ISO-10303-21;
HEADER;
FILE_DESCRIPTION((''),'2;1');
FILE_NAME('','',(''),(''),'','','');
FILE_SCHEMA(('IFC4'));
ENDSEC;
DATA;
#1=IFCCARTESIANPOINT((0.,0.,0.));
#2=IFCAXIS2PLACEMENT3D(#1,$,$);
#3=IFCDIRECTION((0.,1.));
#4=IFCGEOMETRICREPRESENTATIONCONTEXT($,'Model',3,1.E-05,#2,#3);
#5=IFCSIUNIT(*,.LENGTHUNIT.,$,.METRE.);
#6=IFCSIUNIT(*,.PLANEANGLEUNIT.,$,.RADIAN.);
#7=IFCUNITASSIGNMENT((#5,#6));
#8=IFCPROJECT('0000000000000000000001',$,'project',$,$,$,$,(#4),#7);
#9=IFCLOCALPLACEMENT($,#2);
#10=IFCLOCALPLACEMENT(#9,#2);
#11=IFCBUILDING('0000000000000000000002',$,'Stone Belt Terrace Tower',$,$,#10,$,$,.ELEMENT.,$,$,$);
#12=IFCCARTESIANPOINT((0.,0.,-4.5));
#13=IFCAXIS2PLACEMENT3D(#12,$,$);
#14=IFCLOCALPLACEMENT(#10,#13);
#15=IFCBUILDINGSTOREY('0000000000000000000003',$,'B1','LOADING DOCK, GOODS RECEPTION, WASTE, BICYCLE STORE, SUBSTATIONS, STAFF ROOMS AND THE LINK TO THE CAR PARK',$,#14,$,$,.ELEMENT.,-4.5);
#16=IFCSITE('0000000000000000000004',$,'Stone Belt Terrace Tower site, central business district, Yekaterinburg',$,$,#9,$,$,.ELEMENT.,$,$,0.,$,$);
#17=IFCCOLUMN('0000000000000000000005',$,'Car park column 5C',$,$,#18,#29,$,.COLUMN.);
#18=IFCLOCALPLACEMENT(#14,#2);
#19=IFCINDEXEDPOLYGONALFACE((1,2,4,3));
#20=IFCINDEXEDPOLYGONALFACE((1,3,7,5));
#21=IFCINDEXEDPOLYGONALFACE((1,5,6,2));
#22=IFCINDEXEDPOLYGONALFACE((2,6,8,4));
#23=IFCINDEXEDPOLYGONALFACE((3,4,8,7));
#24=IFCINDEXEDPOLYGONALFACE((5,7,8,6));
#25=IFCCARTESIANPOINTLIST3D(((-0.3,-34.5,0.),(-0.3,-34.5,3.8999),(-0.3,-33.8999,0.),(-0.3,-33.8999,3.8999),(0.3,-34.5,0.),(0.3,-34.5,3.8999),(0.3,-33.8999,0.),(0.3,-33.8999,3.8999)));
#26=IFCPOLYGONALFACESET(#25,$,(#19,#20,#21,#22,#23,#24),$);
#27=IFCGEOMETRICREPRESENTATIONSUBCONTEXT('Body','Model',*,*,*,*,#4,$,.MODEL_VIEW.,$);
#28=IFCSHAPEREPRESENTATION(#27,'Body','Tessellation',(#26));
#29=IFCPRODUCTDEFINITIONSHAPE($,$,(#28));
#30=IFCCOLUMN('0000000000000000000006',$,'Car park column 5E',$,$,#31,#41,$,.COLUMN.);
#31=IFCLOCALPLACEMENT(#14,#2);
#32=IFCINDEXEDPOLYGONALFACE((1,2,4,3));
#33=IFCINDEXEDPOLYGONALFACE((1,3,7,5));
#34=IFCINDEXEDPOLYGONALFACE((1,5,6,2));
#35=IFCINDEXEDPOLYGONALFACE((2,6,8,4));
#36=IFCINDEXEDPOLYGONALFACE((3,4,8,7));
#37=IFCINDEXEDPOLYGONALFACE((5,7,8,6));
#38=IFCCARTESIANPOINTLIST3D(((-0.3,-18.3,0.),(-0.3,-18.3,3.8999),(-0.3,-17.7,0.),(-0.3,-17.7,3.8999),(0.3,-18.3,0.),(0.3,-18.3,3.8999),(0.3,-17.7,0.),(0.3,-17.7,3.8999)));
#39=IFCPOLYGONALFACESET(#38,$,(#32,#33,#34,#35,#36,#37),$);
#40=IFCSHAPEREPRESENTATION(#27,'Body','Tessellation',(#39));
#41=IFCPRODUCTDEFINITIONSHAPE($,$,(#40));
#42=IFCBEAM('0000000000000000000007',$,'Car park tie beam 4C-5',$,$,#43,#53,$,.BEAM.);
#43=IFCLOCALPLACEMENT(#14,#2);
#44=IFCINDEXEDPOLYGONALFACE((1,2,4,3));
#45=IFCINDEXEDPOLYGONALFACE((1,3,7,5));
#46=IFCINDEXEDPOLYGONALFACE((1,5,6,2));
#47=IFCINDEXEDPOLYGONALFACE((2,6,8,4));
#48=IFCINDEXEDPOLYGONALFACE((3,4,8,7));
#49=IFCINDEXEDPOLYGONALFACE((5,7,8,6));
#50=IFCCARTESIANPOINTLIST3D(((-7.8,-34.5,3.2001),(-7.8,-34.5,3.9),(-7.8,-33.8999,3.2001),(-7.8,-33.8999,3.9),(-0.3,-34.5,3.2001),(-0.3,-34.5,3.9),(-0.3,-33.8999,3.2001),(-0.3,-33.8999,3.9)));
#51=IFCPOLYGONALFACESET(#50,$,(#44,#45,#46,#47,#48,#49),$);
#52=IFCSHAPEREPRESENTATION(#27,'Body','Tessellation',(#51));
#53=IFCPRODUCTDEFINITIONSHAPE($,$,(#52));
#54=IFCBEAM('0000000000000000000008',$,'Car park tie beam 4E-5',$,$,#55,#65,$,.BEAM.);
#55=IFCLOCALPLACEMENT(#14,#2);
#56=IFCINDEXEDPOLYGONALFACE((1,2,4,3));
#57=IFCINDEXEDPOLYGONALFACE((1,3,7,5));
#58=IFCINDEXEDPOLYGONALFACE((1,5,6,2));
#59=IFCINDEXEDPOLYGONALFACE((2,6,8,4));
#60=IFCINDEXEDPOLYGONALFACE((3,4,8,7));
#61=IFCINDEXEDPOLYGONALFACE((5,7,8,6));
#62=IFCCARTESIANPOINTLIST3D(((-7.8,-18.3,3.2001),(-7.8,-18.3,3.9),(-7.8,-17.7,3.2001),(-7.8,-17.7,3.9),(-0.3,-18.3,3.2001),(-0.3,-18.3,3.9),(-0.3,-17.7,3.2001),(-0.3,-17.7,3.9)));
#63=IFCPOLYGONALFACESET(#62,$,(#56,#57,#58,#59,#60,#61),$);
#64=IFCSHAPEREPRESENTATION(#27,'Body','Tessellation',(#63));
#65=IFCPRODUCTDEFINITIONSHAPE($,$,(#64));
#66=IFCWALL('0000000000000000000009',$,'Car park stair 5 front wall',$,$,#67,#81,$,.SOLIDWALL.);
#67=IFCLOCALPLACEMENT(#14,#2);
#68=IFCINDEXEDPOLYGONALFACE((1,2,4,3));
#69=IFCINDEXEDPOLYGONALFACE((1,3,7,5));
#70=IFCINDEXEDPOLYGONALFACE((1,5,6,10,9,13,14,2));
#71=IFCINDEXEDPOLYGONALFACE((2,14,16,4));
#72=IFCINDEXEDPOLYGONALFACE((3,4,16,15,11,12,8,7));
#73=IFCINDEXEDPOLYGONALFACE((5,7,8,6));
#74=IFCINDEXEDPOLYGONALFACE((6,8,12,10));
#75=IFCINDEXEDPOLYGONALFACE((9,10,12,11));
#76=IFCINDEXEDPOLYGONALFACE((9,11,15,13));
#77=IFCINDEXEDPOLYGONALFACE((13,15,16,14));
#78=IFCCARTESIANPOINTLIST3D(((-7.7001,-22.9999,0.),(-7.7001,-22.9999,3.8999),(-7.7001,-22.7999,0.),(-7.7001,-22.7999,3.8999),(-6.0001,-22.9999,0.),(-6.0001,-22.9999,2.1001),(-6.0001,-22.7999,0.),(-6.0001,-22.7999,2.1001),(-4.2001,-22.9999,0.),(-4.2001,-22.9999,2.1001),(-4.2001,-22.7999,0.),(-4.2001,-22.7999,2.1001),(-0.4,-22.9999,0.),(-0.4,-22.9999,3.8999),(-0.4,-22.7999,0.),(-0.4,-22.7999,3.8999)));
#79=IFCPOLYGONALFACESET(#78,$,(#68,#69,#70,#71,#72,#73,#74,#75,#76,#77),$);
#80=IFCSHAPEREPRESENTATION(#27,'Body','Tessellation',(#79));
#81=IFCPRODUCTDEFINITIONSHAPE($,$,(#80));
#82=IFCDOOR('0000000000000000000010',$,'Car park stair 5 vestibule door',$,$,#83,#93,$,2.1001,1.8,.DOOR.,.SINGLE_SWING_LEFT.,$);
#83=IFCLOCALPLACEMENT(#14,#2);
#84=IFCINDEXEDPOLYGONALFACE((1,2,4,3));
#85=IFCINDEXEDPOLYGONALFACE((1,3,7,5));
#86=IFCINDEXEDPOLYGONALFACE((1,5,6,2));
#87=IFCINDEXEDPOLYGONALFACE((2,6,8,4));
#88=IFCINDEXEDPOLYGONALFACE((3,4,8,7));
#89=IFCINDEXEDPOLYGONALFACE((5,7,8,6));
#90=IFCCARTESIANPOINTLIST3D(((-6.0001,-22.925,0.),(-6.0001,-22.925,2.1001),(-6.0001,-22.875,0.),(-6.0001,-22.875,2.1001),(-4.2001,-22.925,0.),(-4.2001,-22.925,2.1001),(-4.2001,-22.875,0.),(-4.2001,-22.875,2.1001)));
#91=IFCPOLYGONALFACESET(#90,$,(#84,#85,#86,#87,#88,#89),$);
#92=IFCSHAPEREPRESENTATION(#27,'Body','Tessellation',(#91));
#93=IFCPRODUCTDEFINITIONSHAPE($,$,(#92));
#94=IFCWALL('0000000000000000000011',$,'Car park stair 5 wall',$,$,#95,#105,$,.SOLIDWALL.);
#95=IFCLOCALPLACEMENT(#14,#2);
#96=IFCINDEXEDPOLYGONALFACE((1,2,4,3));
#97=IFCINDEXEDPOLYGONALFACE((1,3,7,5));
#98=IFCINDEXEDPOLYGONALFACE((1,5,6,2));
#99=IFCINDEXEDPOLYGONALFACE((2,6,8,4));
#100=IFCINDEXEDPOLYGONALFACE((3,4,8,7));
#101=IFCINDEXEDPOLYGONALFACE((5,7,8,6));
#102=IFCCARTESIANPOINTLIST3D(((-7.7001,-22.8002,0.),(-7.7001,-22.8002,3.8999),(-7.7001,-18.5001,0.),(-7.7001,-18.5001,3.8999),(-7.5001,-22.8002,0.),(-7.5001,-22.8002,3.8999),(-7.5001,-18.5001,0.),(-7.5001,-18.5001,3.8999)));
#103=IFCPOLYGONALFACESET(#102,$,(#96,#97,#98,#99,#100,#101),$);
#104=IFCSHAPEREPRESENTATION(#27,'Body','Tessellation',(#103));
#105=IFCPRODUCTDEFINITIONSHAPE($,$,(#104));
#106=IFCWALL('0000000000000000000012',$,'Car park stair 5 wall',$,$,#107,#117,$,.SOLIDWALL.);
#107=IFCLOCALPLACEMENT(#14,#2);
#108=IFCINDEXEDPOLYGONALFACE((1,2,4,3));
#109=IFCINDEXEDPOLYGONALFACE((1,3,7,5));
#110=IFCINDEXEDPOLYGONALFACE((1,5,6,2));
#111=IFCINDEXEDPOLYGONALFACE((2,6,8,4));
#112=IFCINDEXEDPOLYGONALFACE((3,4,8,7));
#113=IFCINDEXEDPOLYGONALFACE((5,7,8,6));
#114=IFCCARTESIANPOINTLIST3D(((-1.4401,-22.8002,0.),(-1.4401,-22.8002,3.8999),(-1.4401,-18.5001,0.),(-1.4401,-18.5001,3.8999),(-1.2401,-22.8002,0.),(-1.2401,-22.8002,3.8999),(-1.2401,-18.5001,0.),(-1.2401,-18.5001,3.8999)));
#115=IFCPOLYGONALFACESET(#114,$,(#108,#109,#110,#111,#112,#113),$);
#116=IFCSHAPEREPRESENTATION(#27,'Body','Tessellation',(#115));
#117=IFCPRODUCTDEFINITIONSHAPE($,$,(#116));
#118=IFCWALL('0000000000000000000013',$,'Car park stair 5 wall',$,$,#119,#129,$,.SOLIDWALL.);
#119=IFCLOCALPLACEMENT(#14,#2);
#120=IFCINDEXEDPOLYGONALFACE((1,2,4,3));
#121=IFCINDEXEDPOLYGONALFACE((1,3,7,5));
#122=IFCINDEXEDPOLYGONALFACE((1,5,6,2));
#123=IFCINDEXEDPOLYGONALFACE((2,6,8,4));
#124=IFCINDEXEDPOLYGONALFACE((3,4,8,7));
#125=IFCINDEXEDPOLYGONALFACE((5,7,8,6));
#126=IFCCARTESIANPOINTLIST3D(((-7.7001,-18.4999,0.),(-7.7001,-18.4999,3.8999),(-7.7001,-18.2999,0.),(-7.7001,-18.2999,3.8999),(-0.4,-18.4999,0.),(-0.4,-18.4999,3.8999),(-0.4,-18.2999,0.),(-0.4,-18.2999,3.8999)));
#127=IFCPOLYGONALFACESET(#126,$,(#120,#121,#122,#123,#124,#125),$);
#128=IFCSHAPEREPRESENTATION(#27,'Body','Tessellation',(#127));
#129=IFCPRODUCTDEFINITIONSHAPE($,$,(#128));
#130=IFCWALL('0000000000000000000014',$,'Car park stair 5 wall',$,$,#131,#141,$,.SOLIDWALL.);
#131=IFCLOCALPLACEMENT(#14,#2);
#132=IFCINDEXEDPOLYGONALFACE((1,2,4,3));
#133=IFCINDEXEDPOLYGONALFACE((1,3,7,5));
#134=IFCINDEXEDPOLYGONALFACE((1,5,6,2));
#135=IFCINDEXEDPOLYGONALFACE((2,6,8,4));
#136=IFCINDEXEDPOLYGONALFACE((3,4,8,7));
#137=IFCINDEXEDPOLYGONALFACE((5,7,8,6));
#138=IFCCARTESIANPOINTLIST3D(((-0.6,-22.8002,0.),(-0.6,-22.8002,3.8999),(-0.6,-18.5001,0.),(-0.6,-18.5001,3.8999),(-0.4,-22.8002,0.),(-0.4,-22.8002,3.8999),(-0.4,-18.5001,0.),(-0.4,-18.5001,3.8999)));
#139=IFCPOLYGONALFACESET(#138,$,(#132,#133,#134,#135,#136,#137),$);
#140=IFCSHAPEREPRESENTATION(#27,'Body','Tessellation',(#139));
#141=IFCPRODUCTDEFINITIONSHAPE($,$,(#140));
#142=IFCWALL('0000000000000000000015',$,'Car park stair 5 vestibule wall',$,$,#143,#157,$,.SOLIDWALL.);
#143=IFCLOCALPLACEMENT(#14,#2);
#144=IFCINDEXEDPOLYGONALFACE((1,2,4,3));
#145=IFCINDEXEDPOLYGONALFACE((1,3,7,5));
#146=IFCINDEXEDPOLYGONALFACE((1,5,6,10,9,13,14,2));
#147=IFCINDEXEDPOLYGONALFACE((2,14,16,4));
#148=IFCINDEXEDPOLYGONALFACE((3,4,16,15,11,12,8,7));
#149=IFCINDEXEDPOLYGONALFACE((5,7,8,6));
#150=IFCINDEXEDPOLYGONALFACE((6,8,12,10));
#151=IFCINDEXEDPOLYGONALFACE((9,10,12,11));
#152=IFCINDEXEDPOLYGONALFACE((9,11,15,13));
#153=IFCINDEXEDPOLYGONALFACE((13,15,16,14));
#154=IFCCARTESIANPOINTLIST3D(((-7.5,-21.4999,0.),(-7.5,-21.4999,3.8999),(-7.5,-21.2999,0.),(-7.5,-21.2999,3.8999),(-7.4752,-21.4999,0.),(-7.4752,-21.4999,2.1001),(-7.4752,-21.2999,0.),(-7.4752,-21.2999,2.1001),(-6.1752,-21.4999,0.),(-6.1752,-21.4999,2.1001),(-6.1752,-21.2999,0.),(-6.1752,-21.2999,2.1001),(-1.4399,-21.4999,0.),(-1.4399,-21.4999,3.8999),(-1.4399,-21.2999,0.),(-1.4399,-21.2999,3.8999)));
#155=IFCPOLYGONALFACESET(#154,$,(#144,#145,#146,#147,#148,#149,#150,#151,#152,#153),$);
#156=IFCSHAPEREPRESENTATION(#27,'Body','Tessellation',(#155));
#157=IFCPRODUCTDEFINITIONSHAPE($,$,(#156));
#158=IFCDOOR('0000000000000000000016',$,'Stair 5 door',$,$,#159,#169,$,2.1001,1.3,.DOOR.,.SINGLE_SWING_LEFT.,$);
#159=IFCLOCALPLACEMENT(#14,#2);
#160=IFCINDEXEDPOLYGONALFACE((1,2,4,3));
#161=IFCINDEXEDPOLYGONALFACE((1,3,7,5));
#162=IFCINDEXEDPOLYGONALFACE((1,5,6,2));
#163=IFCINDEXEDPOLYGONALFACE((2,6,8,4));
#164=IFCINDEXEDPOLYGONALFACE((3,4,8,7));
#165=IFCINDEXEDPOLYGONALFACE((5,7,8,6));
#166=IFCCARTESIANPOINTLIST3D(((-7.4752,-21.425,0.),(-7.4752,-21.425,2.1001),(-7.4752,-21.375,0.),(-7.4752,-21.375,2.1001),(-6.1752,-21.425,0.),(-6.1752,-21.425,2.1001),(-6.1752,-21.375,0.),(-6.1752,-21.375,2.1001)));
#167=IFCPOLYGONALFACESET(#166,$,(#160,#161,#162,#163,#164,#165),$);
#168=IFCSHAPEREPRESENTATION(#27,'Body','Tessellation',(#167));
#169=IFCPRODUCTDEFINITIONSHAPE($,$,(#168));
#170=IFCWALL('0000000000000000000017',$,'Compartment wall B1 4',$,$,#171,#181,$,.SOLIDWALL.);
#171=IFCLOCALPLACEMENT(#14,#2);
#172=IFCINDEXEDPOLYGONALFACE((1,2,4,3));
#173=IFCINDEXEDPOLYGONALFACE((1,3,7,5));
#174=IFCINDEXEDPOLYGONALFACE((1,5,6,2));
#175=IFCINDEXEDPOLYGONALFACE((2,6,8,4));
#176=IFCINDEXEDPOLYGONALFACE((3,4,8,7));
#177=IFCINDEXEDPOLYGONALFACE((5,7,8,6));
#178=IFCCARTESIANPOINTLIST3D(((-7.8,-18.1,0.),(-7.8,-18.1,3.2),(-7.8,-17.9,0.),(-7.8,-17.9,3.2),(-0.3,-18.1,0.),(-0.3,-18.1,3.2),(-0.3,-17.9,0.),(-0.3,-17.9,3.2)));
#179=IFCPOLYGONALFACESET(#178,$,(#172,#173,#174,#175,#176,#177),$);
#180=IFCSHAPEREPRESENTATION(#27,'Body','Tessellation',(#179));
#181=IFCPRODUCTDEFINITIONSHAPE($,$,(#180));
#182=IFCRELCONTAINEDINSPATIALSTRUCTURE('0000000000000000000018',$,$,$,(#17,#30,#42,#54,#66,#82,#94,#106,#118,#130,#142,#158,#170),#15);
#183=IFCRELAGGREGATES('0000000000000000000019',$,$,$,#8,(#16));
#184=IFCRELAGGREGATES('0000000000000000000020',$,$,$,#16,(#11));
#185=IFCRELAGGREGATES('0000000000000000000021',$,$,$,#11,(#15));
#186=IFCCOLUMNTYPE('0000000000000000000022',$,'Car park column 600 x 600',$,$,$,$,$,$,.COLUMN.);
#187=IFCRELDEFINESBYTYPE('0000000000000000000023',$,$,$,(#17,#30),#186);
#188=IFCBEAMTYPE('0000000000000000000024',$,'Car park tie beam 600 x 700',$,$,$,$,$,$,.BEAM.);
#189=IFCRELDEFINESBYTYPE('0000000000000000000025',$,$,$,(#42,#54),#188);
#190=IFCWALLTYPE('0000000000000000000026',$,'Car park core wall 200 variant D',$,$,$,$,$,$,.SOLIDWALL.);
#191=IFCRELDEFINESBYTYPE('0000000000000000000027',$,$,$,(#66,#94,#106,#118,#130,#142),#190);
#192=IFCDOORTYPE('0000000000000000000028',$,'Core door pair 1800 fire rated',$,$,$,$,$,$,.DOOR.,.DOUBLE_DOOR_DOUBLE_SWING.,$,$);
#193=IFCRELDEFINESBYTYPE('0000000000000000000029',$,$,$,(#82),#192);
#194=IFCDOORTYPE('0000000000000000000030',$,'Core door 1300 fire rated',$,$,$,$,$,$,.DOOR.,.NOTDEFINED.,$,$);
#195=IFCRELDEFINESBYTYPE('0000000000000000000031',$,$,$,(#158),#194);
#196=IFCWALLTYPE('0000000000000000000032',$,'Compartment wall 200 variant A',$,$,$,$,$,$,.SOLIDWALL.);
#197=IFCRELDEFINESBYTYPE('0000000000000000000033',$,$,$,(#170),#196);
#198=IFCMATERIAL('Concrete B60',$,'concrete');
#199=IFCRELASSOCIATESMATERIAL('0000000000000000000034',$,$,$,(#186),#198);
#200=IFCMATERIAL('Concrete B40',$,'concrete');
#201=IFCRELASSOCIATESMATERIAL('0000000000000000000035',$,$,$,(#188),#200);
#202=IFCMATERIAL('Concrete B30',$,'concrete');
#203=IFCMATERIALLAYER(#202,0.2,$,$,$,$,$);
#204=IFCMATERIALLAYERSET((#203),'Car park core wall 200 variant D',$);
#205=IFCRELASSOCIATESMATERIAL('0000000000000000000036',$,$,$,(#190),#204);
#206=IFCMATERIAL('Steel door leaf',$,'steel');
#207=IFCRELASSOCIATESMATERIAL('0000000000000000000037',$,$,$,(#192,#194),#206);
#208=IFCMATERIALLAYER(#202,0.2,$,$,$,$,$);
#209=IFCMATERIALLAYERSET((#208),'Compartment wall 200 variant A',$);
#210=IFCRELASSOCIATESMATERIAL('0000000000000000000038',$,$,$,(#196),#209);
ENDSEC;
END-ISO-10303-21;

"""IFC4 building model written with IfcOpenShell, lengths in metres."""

from ifc_helpers import new_model, si_unit, direction, frame, frame_2d, origin, origin_2d, place, context, subcontext, project, spatial, rectangle, extrude, material, layer, layer_set, material_profile, profile_set, type_object, element, fill, save


model = new_model("IFC4")

# Units and contexts
model_context = context("Model", 3, precision=1e-05, world=origin(), true_north=direction((0.0, 1.0)))
body_context = subcontext(model_context, "Body", "Model", "MODEL_VIEW")
ifc_project = project(units=[si_unit("LENGTHUNIT", "METRE"), si_unit("PLANEANGLEUNIT", "RADIAN")], contexts=[model_context])

# Site, building, storey
site_placement = place(None, origin())
site = spatial("IfcSite", under=ifc_project, at=site_placement, Name="Stone Belt Terrace Tower site, central business district, Yekaterinburg", CompositionType="ELEMENT", RefElevation=0.0)
building_placement = place(site_placement, origin())
building = spatial("IfcBuilding", under=site, at=building_placement, Name="Stone Belt Terrace Tower", CompositionType="ELEMENT")
storey_placement = place(building_placement, frame((0.0, 0.0, -4.5)))
storey = spatial("IfcBuildingStorey", under=building, at=storey_placement, Name="B1", Description="LOADING DOCK, GOODS RECEPTION, WASTE, BICYCLE STORE, SUBSTATIONS, STAFF ROOMS AND THE LINK TO THE CAR PARK", CompositionType="ELEMENT", Elevation=-4.5)

# Columns
ifc_material_1 = material(Name="Concrete B60", Category="concrete")
ifc_material_profile_1 = material_profile(ifc_material_1, rectangle(XDim=0.6001, YDim=0.6001, at=origin_2d()), Name="Car park column 600 x 600")
ifc_profile_set_1 = profile_set([ifc_material_profile_1], Name="Concrete B60")
column_type = type_object("IfcColumnType", Name="Car park column 600 x 600", PredefinedType="COLUMN", material=ifc_profile_set_1)
for number, where, z_axis, x_axis, name in (
    (1, (0.0, -34.2, 0.0), (0.0, 0.0, 1.0), (1.0, 0.0, 0.0), "Car park column 5C"),
    (2, (0.0, -18.0, 0.0), (0.0, 0.0, 1.0), (1.0, 0.0, 0.0), "Car park column 5E"),
):
    element("IfcColumn", number, at=place(storey_placement, frame(where, z_axis=z_axis, x_axis=x_axis)), inside=storey, type_object=column_type, Name=name, PredefinedType="COLUMN", context=body_context, shape_type="SweptSolid", body=[
        extrude(rectangle(XDim=0.6001, YDim=0.6001, at=origin_2d()), origin(), (0.0, 0.0, 1.0), 3.8999),
    ])

# Beams
ifc_material_2 = material(Name="Concrete B40", Category="concrete")
ifc_material_profile_2 = material_profile(ifc_material_2, rectangle(XDim=0.6001, YDim=0.7, at=origin_2d()), Name="Car park tie beam 600 x 700")
ifc_profile_set_2 = profile_set([ifc_material_profile_2], Name="Concrete B40")
beam_type = type_object("IfcBeamType", Name="Car park tie beam 600 x 700", PredefinedType="BEAM", material=ifc_profile_set_2)
for number, where, z_axis, x_axis, name in (
    (3, (-7.8, -34.2, 3.55), (1.0, 0.0, 0.0), (0.0, 1.0, 0.0), "Car park tie beam 4C-5"),
    (4, (-7.8, -18.0, 3.55), (1.0, 0.0, 0.0), (0.0, 1.0, 0.0), "Car park tie beam 4E-5"),
):
    element("IfcBeam", number, at=place(storey_placement, frame(where, z_axis=z_axis, x_axis=x_axis)), inside=storey, type_object=beam_type, Name=name, PredefinedType="BEAM", context=body_context, shape_type="SweptSolid", body=[
        extrude(rectangle(XDim=0.6001, YDim=0.7, at=origin_2d()), origin(), (0.0, 0.0, 1.0), 7.5),
    ])

# Wall, opening, door
ifc_material_3 = material(Name="Concrete B30", Category="concrete")
ifc_layer_1 = layer(ifc_material_3, 0.2)
ifc_layer_set_1 = layer_set([ifc_layer_1], Name="Car park core wall 200 variant D")
wall_type_1 = type_object("IfcWallType", Name="Car park core wall 200 variant D", PredefinedType="SOLIDWALL", material=ifc_layer_set_1)
wall_1_placement = place(storey_placement, frame((-7.7, -22.8999, 0.0), z_axis=(0.0, 0.0, 1.0), x_axis=(1.0, 0.0, 0.0)))
wall_1 = element("IfcWall", 5, at=wall_1_placement, inside=storey, type_object=wall_type_1, Name="Car park stair 5 front wall", PredefinedType="SOLIDWALL", context=body_context, shape_type="SweptSolid", body=[
    extrude(rectangle(XDim=7.3, YDim=0.2, at=frame_2d((3.6499, 0.0))), origin(), (0.0, 0.0, 1.0), 3.8999),
])
opening_1_placement = place(wall_1_placement, frame((1.7, 0.0, 0.0)))
opening_1 = element("IfcOpeningElement", 6, at=opening_1_placement, cuts=wall_1, PredefinedType="OPENING", context=body_context, shape_type="SweptSolid", body=[
    extrude(rectangle(XDim=1.8, YDim=2.1001, at=frame_2d((0.8999, 1.05))), frame((0.0, 0.1099, 0.0), z_axis=(0.0, -1.0, 0.0), x_axis=(1.0, 0.0, 0.0)), (0.0, 0.0, 1.0), 0.22),
])
ifc_material_4 = material(Name="Steel door leaf", Category="steel")
door_type_1 = type_object("IfcDoorType", Name="Core door pair 1800 fire rated", OperationType="DOUBLE_DOOR_DOUBLE_SWING", PredefinedType="DOOR", material=ifc_material_4)
door_1_placement = place(opening_1_placement, origin())
door_1 = element("IfcDoor", 7, at=door_1_placement, inside=storey, type_object=door_type_1, Name="Car park stair 5 vestibule door", OperationType="SINGLE_SWING_LEFT", OverallHeight=2.1001, OverallWidth=1.8, PredefinedType="DOOR", context=body_context, shape_type="SweptSolid", body=[
    extrude(rectangle(XDim=1.8, YDim=2.1001, at=frame_2d((0.8999, 1.05))), frame((0.0, 0.0249, 0.0), z_axis=(0.0, -1.0, 0.0), x_axis=(1.0, 0.0, 0.0)), (0.0, 0.0, 1.0), 0.05),
])
fill(opening_1, door_1)

# Walls
for number, where, z_axis, x_axis, name in (
    (8, (-7.6001, -22.8, 0.0), (0.0, 0.0, 1.0), (0.0, 1.0, 0.0), "Car park stair 5 wall"),
    (9, (-1.3401, -22.8, 0.0), (0.0, 0.0, 1.0), (0.0, 1.0, 0.0), "Car park stair 5 wall"),
):
    element("IfcWall", number, at=place(storey_placement, frame(where, z_axis=z_axis, x_axis=x_axis)), inside=storey, type_object=wall_type_1, Name=name, PredefinedType="SOLIDWALL", context=body_context, shape_type="SweptSolid", body=[
        extrude(rectangle(XDim=4.3, YDim=0.2, at=frame_2d((2.1499, 0.0))), origin(), (0.0, 0.0, 1.0), 3.8999),
    ])
wall_2_placement = place(storey_placement, frame((-7.7, -18.3999, 0.0), z_axis=(0.0, 0.0, 1.0), x_axis=(1.0, 0.0, 0.0)))
element("IfcWall", 10, at=wall_2_placement, inside=storey, type_object=wall_type_1, Name="Car park stair 5 wall", PredefinedType="SOLIDWALL", context=body_context, shape_type="SweptSolid", body=[
    extrude(rectangle(XDim=7.3, YDim=0.2, at=frame_2d((3.6499, 0.0))), origin(), (0.0, 0.0, 1.0), 3.8999),
])
wall_3_placement = place(storey_placement, frame((-0.5, -22.8, 0.0), z_axis=(0.0, 0.0, 1.0), x_axis=(0.0, 1.0, 0.0)))
element("IfcWall", 11, at=wall_3_placement, inside=storey, type_object=wall_type_1, Name="Car park stair 5 wall", PredefinedType="SOLIDWALL", context=body_context, shape_type="SweptSolid", body=[
    extrude(rectangle(XDim=4.3, YDim=0.2, at=frame_2d((2.1499, 0.0))), origin(), (0.0, 0.0, 1.0), 3.8999),
])

# Wall, opening, door
wall_4_placement = place(storey_placement, frame((-7.5, -21.3999, 0.0), z_axis=(0.0, 0.0, 1.0), x_axis=(1.0, 0.0, 0.0)))
wall_4 = element("IfcWall", 12, at=wall_4_placement, inside=storey, type_object=wall_type_1, Name="Car park stair 5 vestibule wall", PredefinedType="SOLIDWALL", context=body_context, shape_type="SweptSolid", body=[
    extrude(rectangle(XDim=6.0601, YDim=0.2, at=frame_2d((3.03, 0.0))), origin(), (0.0, 0.0, 1.0), 3.8999),
])
opening_2_placement = place(wall_4_placement, frame((0.0249, 0.0, 0.0)))
opening_2 = element("IfcOpeningElement", 13, at=opening_2_placement, cuts=wall_4, PredefinedType="OPENING", context=body_context, shape_type="SweptSolid", body=[
    extrude(rectangle(XDim=1.3, YDim=2.1001, at=frame_2d((0.6499, 1.05))), frame((0.0, 0.1099, 0.0), z_axis=(0.0, -1.0, 0.0), x_axis=(1.0, 0.0, 0.0)), (0.0, 0.0, 1.0), 0.22),
])
door_type_2 = type_object("IfcDoorType", Name="Core door 1300 fire rated", OperationType="NOTDEFINED", PredefinedType="DOOR", material=ifc_material_4)
door_2_placement = place(opening_2_placement, origin())
door_2 = element("IfcDoor", 14, at=door_2_placement, inside=storey, type_object=door_type_2, Name="Stair 5 door", OperationType="SINGLE_SWING_LEFT", OverallHeight=2.1001, OverallWidth=1.3, PredefinedType="DOOR", context=body_context, shape_type="SweptSolid", body=[
    extrude(rectangle(XDim=1.3, YDim=2.1001, at=frame_2d((0.6499, 1.05))), frame((0.0, 0.0249, 0.0), z_axis=(0.0, -1.0, 0.0), x_axis=(1.0, 0.0, 0.0)), (0.0, 0.0, 1.0), 0.05),
])
fill(opening_2, door_2)

# Wall
ifc_layer_2 = layer(ifc_material_3, 0.2)
ifc_layer_set_2 = layer_set([ifc_layer_2], Name="Compartment wall 200 variant A")
wall_type_2 = type_object("IfcWallType", Name="Compartment wall 200 variant A", PredefinedType="SOLIDWALL", material=ifc_layer_set_2)
wall_5_placement = place(storey_placement, frame((-7.8, -18.0, 0.0), z_axis=(0.0, 0.0, 1.0), x_axis=(1.0, 0.0, 0.0)))
element("IfcWall", 15, at=wall_5_placement, inside=storey, type_object=wall_type_2, Name="Compartment wall B1 4", PredefinedType="SOLIDWALL", context=body_context, shape_type="SweptSolid", body=[
    extrude(rectangle(XDim=7.5, YDim=0.2, at=frame_2d((3.75, 0.0))), origin(), (0.0, 0.0, 1.0), 3.2),
])

save(model, "model.ifc")
